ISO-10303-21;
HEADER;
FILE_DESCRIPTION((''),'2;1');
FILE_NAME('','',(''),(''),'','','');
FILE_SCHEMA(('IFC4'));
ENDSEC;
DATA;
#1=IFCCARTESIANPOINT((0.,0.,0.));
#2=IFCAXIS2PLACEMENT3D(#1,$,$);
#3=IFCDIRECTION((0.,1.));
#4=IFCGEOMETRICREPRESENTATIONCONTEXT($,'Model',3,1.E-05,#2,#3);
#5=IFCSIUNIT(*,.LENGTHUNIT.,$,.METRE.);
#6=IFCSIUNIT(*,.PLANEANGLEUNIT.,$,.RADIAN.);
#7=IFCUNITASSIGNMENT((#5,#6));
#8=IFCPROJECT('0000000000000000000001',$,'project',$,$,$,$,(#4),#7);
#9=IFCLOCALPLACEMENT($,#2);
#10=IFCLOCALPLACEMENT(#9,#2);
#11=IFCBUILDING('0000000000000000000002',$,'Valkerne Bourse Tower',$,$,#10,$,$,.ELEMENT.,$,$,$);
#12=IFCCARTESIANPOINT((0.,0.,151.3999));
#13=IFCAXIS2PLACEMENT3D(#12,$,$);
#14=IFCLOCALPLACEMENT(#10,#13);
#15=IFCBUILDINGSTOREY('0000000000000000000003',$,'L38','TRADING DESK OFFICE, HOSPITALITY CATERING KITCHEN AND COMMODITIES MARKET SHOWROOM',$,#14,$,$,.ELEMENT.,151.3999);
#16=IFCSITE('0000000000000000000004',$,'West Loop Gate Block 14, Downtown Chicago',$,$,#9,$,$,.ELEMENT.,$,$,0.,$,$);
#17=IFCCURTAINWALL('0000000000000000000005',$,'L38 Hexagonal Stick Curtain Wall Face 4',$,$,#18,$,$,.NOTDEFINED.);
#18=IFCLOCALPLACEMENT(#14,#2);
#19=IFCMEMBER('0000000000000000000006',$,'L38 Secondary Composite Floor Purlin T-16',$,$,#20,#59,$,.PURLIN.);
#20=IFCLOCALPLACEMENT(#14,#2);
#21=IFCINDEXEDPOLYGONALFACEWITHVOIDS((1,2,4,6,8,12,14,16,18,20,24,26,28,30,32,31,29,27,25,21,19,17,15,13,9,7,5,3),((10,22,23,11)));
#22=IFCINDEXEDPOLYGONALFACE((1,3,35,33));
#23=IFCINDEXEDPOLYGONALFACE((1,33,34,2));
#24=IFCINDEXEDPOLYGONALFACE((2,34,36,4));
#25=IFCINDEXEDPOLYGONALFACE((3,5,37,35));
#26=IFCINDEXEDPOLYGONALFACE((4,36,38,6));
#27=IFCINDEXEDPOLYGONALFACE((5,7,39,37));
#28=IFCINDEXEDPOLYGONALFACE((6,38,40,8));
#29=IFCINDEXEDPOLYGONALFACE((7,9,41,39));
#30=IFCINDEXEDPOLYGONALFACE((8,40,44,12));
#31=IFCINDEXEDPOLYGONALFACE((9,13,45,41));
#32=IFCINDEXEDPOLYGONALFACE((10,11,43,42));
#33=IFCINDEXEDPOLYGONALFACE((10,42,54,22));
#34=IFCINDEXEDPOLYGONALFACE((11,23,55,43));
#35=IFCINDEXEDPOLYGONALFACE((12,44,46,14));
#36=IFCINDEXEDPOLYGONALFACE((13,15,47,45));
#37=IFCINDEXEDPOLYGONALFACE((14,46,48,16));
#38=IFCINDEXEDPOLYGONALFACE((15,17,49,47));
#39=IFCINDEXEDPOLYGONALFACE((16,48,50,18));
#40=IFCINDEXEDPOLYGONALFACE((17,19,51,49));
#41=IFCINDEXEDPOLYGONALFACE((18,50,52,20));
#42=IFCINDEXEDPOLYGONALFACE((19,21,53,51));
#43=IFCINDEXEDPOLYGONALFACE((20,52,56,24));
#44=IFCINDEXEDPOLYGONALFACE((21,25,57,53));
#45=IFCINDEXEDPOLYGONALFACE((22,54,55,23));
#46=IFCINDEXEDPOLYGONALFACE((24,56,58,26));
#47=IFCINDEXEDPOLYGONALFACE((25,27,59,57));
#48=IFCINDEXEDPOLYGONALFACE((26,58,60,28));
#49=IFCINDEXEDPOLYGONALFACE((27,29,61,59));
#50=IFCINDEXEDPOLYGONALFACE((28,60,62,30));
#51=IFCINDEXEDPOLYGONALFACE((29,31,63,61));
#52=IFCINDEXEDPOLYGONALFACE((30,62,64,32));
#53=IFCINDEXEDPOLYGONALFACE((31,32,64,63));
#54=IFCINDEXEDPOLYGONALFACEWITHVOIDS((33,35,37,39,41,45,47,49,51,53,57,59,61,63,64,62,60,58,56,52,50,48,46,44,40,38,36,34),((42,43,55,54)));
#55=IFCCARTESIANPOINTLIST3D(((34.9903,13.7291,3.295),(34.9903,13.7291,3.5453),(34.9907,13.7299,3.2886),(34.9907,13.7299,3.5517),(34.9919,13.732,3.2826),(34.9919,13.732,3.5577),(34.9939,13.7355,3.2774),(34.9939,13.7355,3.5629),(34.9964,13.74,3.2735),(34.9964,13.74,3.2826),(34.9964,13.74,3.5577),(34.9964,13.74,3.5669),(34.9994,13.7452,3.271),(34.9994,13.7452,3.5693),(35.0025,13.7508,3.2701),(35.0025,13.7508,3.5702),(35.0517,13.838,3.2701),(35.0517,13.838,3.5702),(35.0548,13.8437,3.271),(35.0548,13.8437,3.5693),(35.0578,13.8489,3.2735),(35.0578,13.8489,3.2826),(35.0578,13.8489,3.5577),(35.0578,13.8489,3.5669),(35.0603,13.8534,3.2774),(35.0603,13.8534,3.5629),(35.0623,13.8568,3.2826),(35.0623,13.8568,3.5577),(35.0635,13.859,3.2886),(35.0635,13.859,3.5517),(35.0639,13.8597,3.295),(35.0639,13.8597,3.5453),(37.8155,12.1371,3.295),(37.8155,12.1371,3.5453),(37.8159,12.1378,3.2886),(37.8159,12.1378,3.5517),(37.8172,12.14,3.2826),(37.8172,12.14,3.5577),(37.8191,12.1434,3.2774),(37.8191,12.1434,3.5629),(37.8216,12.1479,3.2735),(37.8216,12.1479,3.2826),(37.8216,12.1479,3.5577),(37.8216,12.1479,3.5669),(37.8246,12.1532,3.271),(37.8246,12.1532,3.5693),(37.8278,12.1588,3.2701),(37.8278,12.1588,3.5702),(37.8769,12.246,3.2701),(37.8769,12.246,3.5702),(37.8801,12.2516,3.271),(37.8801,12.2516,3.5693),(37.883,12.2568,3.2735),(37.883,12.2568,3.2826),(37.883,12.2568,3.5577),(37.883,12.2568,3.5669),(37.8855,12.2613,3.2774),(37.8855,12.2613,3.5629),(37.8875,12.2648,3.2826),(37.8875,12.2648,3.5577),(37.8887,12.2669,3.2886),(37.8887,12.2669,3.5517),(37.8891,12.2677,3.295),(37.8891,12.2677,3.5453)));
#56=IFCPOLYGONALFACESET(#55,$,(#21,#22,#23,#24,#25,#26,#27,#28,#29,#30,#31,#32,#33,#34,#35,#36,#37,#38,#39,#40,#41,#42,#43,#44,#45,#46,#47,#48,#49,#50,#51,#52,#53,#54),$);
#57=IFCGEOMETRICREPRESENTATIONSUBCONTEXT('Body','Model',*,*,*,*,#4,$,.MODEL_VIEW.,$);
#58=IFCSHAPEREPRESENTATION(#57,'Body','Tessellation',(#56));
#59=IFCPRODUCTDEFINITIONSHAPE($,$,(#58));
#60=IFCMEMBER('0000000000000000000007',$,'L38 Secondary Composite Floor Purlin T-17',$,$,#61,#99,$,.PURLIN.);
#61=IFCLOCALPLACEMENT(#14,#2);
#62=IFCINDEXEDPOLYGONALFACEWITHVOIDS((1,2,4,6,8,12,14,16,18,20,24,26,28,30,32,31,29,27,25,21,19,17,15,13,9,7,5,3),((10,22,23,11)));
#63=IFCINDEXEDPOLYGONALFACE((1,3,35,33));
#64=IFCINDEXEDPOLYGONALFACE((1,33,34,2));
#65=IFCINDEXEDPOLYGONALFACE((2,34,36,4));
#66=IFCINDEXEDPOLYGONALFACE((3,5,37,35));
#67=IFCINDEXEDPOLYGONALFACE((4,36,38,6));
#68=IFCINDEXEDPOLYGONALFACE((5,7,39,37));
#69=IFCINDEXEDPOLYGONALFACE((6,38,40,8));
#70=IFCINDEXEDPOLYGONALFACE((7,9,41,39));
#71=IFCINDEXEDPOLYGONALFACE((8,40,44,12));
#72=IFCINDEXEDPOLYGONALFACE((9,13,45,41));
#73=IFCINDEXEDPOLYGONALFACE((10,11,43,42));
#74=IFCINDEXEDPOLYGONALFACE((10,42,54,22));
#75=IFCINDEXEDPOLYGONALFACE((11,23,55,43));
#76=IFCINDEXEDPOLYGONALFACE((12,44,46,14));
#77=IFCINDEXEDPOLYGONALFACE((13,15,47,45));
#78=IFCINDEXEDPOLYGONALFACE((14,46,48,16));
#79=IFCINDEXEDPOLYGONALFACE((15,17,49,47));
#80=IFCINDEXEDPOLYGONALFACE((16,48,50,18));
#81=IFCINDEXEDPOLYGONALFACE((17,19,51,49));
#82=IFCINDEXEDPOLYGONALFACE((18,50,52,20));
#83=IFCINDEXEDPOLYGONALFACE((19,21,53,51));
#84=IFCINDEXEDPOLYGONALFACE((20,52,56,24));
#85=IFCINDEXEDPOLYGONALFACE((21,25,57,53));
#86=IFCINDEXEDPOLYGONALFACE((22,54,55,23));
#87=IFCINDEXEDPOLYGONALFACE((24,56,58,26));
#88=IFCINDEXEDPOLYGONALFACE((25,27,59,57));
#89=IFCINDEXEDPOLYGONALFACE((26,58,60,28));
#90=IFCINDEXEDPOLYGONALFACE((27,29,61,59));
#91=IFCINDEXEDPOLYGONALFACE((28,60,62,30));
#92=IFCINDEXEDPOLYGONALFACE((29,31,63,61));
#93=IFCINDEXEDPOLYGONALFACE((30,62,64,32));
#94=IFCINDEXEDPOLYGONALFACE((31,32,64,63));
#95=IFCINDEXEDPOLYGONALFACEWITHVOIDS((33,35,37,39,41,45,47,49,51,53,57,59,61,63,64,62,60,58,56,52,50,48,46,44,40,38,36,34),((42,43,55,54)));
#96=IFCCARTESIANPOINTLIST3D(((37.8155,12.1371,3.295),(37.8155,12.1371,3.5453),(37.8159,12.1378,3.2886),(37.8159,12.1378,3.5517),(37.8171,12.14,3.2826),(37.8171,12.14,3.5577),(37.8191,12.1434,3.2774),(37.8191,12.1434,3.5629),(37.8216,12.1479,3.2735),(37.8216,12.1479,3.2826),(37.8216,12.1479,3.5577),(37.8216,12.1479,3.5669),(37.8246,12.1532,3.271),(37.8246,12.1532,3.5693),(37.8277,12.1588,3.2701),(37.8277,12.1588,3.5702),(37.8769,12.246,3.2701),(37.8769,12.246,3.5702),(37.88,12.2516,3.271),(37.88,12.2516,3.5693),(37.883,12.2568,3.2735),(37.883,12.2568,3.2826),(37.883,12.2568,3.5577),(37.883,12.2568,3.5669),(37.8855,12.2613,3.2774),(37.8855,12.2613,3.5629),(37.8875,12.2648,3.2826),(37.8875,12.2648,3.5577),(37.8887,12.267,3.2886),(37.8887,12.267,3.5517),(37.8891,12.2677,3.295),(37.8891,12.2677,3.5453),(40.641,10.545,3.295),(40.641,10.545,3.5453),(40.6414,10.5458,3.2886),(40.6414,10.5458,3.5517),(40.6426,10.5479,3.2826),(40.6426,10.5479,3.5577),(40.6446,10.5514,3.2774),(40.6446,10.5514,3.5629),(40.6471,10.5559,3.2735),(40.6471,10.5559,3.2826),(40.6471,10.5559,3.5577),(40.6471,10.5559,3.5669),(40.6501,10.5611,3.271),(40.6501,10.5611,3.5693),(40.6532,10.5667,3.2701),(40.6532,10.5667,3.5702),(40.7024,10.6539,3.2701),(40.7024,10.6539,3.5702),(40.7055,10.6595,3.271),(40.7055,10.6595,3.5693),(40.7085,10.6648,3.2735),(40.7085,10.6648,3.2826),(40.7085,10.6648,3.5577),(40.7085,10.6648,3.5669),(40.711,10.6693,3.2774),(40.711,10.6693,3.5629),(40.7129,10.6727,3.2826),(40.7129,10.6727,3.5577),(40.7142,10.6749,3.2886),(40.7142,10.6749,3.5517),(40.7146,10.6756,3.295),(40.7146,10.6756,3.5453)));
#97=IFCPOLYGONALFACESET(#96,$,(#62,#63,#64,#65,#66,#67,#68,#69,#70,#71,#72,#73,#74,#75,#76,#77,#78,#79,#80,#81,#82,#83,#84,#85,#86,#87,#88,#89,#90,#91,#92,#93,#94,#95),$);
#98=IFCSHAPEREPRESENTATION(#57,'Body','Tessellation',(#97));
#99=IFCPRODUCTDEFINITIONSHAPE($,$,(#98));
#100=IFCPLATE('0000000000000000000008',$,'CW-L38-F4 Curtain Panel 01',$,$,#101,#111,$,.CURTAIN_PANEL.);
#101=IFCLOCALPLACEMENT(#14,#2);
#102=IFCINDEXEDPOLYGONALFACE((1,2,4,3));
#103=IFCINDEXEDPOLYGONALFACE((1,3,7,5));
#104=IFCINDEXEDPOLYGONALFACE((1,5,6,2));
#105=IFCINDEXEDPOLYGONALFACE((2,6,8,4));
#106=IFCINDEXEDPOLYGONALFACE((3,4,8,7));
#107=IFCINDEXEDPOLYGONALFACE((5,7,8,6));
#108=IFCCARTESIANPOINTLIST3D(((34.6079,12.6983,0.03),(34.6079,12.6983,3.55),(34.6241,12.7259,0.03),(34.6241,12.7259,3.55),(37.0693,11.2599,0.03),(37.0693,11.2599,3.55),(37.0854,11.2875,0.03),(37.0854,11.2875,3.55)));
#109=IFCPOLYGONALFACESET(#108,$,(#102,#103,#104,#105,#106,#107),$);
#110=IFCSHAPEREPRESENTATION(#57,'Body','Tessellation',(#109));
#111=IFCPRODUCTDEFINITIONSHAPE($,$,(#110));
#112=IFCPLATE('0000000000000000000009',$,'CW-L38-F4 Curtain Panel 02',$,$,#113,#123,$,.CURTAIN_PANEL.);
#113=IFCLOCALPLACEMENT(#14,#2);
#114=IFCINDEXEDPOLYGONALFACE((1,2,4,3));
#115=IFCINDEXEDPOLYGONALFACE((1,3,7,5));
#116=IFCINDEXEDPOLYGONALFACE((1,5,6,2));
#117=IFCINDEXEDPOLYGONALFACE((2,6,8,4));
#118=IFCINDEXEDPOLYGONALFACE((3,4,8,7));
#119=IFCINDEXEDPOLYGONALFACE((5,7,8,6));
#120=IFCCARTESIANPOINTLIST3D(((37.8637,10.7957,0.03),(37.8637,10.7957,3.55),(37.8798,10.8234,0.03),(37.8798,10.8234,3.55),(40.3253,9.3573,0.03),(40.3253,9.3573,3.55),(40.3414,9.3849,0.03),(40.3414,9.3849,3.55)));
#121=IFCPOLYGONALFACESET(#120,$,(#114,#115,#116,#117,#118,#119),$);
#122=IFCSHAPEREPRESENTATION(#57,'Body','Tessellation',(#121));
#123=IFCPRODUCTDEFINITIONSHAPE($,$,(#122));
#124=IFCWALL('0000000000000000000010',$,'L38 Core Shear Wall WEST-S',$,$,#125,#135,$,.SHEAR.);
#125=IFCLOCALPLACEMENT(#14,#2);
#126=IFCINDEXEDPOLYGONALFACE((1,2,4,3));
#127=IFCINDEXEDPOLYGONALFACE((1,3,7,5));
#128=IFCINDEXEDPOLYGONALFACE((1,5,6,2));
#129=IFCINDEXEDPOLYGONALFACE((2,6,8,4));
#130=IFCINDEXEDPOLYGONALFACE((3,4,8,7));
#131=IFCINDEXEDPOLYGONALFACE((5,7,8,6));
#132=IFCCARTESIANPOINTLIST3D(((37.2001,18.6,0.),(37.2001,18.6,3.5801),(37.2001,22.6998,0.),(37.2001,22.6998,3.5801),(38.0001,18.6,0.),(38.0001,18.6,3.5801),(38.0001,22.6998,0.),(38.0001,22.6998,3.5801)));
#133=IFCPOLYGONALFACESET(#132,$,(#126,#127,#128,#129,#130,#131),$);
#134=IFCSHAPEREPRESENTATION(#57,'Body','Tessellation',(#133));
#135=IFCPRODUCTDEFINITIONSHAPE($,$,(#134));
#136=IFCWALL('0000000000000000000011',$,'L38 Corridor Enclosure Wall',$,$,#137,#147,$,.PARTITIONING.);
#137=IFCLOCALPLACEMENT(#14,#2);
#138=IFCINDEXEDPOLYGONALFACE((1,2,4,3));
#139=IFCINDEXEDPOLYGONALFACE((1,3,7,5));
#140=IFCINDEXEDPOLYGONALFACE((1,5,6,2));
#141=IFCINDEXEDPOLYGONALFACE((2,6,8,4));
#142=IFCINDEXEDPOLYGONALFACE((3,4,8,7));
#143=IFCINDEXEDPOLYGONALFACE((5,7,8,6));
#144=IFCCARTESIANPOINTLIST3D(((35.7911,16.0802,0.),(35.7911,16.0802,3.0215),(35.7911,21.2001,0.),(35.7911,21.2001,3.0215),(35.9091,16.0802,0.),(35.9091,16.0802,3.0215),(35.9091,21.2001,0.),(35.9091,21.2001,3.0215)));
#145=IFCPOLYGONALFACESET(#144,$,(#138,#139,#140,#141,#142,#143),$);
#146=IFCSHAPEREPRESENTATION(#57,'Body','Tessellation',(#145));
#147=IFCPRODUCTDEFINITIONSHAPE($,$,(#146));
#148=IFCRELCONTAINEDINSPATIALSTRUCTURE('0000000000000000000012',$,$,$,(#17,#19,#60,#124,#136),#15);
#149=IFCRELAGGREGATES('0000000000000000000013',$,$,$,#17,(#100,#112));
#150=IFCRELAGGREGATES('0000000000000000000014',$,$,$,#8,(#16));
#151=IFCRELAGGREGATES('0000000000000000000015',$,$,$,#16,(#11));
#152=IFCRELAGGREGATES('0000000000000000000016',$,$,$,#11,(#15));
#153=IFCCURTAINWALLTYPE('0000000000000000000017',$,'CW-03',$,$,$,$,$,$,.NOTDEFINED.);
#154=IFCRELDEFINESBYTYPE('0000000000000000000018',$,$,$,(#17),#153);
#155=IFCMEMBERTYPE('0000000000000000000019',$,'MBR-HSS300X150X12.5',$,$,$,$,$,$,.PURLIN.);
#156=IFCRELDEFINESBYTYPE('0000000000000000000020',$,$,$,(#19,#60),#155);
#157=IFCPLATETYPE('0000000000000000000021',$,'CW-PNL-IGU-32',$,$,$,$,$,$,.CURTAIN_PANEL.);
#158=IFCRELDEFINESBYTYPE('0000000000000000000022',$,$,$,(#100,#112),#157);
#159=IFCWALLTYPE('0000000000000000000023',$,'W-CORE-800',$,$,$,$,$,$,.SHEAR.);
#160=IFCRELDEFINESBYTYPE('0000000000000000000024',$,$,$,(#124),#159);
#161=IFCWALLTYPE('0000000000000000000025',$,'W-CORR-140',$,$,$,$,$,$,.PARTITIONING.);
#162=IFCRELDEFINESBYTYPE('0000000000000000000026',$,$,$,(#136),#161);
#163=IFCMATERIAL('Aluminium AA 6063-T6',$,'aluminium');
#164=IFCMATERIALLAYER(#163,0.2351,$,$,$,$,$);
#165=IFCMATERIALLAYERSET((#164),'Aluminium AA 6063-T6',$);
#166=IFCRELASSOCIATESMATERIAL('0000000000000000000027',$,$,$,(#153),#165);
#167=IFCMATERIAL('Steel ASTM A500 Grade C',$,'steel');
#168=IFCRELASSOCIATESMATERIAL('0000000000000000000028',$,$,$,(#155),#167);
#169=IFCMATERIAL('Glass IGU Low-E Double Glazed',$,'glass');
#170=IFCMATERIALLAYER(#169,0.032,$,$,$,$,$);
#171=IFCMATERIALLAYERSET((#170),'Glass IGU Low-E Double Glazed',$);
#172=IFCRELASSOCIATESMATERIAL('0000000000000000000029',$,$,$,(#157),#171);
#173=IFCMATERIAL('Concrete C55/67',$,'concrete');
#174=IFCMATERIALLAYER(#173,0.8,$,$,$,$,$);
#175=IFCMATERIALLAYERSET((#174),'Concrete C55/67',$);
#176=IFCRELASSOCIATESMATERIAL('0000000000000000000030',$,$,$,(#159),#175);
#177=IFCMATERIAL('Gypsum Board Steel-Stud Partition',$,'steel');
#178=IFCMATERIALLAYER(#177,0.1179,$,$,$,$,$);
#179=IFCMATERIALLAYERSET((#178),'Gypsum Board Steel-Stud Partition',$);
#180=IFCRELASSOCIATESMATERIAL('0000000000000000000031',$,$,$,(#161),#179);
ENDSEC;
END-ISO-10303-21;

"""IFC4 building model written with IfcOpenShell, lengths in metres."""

from ifc_helpers import new_model, si_unit, direction, frame, frame_2d, origin, origin_2d, place, context, subcontext, project, spatial, rectangle, hollow_rectangle, extrude, material, layer, layer_set, material_profile, profile_set, type_object, element, aggregate, save


model = new_model("IFC4")

# Units and contexts
model_context = context("Model", 3, precision=1e-05, world=origin(), true_north=direction((0.0, 1.0)))
body_context = subcontext(model_context, "Body", "Model", "MODEL_VIEW")
ifc_project = project(units=[si_unit("LENGTHUNIT", "METRE"), si_unit("PLANEANGLEUNIT", "RADIAN")], contexts=[model_context])

# Site, building, storey
site_placement = place(None, origin())
site = spatial("IfcSite", under=ifc_project, at=site_placement, Name="West Loop Gate Block 14, Downtown Chicago", CompositionType="ELEMENT", RefElevation=0.0)
building_placement = place(site_placement, origin())
building = spatial("IfcBuilding", under=site, at=building_placement, Name="Valkerne Bourse Tower", CompositionType="ELEMENT")
storey_placement = place(building_placement, frame((0.0, 0.0, 151.3999)))
storey = spatial("IfcBuildingStorey", under=building, at=storey_placement, Name="L38", Description="TRADING DESK OFFICE, HOSPITALITY CATERING KITCHEN AND COMMODITIES MARKET SHOWROOM", CompositionType="ELEMENT", Elevation=151.3999)

# Curtain wall
ifc_material_1 = material(Name="Aluminium AA 6063-T6", Category="aluminium")
ifc_layer_1 = layer(ifc_material_1, 0.2351)
ifc_layer_set_1 = layer_set([ifc_layer_1], Name="Aluminium AA 6063-T6")
curtain_wall_type = type_object("IfcCurtainWallType", Name="CW-03", PredefinedType="NOTDEFINED", material=ifc_layer_set_1)
curtain_wall_placement = place(storey_placement, origin())
curtain_wall = element("IfcCurtainWall", 1, at=curtain_wall_placement, inside=storey, type_object=curtain_wall_type, Name="L38 Hexagonal Stick Curtain Wall Face 4", PredefinedType="NOTDEFINED")

# Members
ifc_material_2 = material(Name="Steel ASTM A500 Grade C", Category="steel")
ifc_material_profile_1 = material_profile(ifc_material_2, hollow_rectangle(XDim=0.1499, YDim=0.3, WallThickness=0.0125, OuterFilletRadius=0.0249, at=origin_2d()), Name="HSS300X150X12.5")
ifc_profile_set_1 = profile_set([ifc_material_profile_1], Name="Steel ASTM A500 Grade C")
member_type_1 = type_object("IfcMemberType", Name="MBR-HSS300X150X12.5", PredefinedType="PURLIN", material=ifc_profile_set_1)
member_1_placement = place(storey_placement, frame((35.0271, 13.7944, 3.4202), z_axis=(0.871197, -0.490933, 0.0), x_axis=(0.490933, 0.871197, 0.0)))
element("IfcMember", 2, at=member_1_placement, inside=storey, type_object=member_type_1, Name="L38 Secondary Composite Floor Purlin T-16", PredefinedType="PURLIN", context=body_context, shape_type="SweptSolid", body=[
    extrude(hollow_rectangle(XDim=0.1499, YDim=0.3, WallThickness=0.0125, OuterFilletRadius=0.0249, at=origin_2d()), origin(), (0.0, 0.0, 1.0), 3.2429),
])
member_2_placement = place(storey_placement, frame((37.8523, 12.2024, 3.4202), z_axis=(0.871215, -0.490901, 0.0), x_axis=(0.490901, 0.871215, 0.0)))
element("IfcMember", 3, at=member_2_placement, inside=storey, type_object=member_type_1, Name="L38 Secondary Composite Floor Purlin T-17", PredefinedType="PURLIN", context=body_context, shape_type="SweptSolid", body=[
    extrude(hollow_rectangle(XDim=0.1499, YDim=0.3, WallThickness=0.0125, OuterFilletRadius=0.0249, at=origin_2d()), origin(), (0.0, 0.0, 1.0), 3.2432),
])

# Plates
ifc_material_3 = material(Name="Glass IGU Low-E Double Glazed", Category="glass")
ifc_layer_2 = layer(ifc_material_3, 0.032)
ifc_layer_set_2 = layer_set([ifc_layer_2], Name="Glass IGU Low-E Double Glazed")
plate_type = type_object("IfcPlateType", Name="CW-PNL-IGU-32", PredefinedType="CURTAIN_PANEL", material=ifc_layer_set_2)
plate_1_placement = place(storey_placement, frame((35.8467, 11.9929, 0.03), z_axis=(0.0, 0.0, 1.0), x_axis=(0.863388, -0.50454, 0.0)))
plate_1 = element("IfcPlate", 4, at=plate_1_placement, type_object=plate_type, Name="CW-L38-F4 Curtain Panel 01", PredefinedType="CURTAIN_PANEL", context=body_context, shape_type="SweptSolid", body=[
    extrude(rectangle(XDim=2.8508, YDim=0.032, at=origin_2d()), origin(), (0.0, 0.0, 1.0), 3.52),
])
plate_2_placement = place(storey_placement, frame((39.1025, 10.0903, 0.03), z_axis=(0.0, 0.0, 1.0), x_axis=(0.863395, -0.504529, 0.0)))
plate_2 = element("IfcPlate", 5, at=plate_2_placement, type_object=plate_type, Name="CW-L38-F4 Curtain Panel 02", PredefinedType="CURTAIN_PANEL", context=body_context, shape_type="SweptSolid", body=[
    extrude(rectangle(XDim=2.8511, YDim=0.032, at=origin_2d()), origin(), (0.0, 0.0, 1.0), 3.52),
])
aggregate(curtain_wall, [plate_1, plate_2])

# Shared definitions
ifc_material_4 = material(Name="Concrete C55/67", Category="concrete")
ifc_layer_3 = layer(ifc_material_4, 0.8)
ifc_layer_set_3 = layer_set([ifc_layer_3], Name="Concrete C55/67")
wall_type_1 = type_object("IfcWallType", Name="W-CORE-800", PredefinedType="SHEAR", material=ifc_layer_set_3)

# Walls
wall_1_placement = place(storey_placement, frame((37.6001, 18.6001, 0.0), z_axis=(0.0, 0.0, 1.0), x_axis=(0.0, 1.0, 0.0)))
element("IfcWall", 6, at=wall_1_placement, inside=storey, type_object=wall_type_1, Name="L38 Core Shear Wall WEST-S", PredefinedType="SHEAR", context=body_context, shape_type="SweptSolid", body=[
    extrude(rectangle(XDim=4.0999, YDim=0.8, at=frame_2d((2.0498, 0.0))), origin(), (0.0, 0.0, 1.0), 3.5801),
])
ifc_material_5 = material(Name="Gypsum Board Steel-Stud Partition", Category="steel")
ifc_layer_4 = layer(ifc_material_5, 0.1179)
ifc_layer_set_4 = layer_set([ifc_layer_4], Name="Gypsum Board Steel-Stud Partition")
wall_type_2 = type_object("IfcWallType", Name="W-CORR-140", PredefinedType="PARTITIONING", material=ifc_layer_set_4)
wall_2_placement = place(storey_placement, frame((35.8501, 16.0801, 0.0), z_axis=(0.0, 0.0, 1.0), x_axis=(0.0, 1.0, 0.0)))
element("IfcWall", 7, at=wall_2_placement, inside=storey, type_object=wall_type_2, Name="L38 Corridor Enclosure Wall", PredefinedType="PARTITIONING", context=body_context, shape_type="SweptSolid", body=[
    extrude(rectangle(XDim=5.1199, YDim=0.1179, at=frame_2d((2.5601, 0.0))), origin(), (0.0, 0.0, 1.0), 3.0215),
])

save(model, "model.ifc")
